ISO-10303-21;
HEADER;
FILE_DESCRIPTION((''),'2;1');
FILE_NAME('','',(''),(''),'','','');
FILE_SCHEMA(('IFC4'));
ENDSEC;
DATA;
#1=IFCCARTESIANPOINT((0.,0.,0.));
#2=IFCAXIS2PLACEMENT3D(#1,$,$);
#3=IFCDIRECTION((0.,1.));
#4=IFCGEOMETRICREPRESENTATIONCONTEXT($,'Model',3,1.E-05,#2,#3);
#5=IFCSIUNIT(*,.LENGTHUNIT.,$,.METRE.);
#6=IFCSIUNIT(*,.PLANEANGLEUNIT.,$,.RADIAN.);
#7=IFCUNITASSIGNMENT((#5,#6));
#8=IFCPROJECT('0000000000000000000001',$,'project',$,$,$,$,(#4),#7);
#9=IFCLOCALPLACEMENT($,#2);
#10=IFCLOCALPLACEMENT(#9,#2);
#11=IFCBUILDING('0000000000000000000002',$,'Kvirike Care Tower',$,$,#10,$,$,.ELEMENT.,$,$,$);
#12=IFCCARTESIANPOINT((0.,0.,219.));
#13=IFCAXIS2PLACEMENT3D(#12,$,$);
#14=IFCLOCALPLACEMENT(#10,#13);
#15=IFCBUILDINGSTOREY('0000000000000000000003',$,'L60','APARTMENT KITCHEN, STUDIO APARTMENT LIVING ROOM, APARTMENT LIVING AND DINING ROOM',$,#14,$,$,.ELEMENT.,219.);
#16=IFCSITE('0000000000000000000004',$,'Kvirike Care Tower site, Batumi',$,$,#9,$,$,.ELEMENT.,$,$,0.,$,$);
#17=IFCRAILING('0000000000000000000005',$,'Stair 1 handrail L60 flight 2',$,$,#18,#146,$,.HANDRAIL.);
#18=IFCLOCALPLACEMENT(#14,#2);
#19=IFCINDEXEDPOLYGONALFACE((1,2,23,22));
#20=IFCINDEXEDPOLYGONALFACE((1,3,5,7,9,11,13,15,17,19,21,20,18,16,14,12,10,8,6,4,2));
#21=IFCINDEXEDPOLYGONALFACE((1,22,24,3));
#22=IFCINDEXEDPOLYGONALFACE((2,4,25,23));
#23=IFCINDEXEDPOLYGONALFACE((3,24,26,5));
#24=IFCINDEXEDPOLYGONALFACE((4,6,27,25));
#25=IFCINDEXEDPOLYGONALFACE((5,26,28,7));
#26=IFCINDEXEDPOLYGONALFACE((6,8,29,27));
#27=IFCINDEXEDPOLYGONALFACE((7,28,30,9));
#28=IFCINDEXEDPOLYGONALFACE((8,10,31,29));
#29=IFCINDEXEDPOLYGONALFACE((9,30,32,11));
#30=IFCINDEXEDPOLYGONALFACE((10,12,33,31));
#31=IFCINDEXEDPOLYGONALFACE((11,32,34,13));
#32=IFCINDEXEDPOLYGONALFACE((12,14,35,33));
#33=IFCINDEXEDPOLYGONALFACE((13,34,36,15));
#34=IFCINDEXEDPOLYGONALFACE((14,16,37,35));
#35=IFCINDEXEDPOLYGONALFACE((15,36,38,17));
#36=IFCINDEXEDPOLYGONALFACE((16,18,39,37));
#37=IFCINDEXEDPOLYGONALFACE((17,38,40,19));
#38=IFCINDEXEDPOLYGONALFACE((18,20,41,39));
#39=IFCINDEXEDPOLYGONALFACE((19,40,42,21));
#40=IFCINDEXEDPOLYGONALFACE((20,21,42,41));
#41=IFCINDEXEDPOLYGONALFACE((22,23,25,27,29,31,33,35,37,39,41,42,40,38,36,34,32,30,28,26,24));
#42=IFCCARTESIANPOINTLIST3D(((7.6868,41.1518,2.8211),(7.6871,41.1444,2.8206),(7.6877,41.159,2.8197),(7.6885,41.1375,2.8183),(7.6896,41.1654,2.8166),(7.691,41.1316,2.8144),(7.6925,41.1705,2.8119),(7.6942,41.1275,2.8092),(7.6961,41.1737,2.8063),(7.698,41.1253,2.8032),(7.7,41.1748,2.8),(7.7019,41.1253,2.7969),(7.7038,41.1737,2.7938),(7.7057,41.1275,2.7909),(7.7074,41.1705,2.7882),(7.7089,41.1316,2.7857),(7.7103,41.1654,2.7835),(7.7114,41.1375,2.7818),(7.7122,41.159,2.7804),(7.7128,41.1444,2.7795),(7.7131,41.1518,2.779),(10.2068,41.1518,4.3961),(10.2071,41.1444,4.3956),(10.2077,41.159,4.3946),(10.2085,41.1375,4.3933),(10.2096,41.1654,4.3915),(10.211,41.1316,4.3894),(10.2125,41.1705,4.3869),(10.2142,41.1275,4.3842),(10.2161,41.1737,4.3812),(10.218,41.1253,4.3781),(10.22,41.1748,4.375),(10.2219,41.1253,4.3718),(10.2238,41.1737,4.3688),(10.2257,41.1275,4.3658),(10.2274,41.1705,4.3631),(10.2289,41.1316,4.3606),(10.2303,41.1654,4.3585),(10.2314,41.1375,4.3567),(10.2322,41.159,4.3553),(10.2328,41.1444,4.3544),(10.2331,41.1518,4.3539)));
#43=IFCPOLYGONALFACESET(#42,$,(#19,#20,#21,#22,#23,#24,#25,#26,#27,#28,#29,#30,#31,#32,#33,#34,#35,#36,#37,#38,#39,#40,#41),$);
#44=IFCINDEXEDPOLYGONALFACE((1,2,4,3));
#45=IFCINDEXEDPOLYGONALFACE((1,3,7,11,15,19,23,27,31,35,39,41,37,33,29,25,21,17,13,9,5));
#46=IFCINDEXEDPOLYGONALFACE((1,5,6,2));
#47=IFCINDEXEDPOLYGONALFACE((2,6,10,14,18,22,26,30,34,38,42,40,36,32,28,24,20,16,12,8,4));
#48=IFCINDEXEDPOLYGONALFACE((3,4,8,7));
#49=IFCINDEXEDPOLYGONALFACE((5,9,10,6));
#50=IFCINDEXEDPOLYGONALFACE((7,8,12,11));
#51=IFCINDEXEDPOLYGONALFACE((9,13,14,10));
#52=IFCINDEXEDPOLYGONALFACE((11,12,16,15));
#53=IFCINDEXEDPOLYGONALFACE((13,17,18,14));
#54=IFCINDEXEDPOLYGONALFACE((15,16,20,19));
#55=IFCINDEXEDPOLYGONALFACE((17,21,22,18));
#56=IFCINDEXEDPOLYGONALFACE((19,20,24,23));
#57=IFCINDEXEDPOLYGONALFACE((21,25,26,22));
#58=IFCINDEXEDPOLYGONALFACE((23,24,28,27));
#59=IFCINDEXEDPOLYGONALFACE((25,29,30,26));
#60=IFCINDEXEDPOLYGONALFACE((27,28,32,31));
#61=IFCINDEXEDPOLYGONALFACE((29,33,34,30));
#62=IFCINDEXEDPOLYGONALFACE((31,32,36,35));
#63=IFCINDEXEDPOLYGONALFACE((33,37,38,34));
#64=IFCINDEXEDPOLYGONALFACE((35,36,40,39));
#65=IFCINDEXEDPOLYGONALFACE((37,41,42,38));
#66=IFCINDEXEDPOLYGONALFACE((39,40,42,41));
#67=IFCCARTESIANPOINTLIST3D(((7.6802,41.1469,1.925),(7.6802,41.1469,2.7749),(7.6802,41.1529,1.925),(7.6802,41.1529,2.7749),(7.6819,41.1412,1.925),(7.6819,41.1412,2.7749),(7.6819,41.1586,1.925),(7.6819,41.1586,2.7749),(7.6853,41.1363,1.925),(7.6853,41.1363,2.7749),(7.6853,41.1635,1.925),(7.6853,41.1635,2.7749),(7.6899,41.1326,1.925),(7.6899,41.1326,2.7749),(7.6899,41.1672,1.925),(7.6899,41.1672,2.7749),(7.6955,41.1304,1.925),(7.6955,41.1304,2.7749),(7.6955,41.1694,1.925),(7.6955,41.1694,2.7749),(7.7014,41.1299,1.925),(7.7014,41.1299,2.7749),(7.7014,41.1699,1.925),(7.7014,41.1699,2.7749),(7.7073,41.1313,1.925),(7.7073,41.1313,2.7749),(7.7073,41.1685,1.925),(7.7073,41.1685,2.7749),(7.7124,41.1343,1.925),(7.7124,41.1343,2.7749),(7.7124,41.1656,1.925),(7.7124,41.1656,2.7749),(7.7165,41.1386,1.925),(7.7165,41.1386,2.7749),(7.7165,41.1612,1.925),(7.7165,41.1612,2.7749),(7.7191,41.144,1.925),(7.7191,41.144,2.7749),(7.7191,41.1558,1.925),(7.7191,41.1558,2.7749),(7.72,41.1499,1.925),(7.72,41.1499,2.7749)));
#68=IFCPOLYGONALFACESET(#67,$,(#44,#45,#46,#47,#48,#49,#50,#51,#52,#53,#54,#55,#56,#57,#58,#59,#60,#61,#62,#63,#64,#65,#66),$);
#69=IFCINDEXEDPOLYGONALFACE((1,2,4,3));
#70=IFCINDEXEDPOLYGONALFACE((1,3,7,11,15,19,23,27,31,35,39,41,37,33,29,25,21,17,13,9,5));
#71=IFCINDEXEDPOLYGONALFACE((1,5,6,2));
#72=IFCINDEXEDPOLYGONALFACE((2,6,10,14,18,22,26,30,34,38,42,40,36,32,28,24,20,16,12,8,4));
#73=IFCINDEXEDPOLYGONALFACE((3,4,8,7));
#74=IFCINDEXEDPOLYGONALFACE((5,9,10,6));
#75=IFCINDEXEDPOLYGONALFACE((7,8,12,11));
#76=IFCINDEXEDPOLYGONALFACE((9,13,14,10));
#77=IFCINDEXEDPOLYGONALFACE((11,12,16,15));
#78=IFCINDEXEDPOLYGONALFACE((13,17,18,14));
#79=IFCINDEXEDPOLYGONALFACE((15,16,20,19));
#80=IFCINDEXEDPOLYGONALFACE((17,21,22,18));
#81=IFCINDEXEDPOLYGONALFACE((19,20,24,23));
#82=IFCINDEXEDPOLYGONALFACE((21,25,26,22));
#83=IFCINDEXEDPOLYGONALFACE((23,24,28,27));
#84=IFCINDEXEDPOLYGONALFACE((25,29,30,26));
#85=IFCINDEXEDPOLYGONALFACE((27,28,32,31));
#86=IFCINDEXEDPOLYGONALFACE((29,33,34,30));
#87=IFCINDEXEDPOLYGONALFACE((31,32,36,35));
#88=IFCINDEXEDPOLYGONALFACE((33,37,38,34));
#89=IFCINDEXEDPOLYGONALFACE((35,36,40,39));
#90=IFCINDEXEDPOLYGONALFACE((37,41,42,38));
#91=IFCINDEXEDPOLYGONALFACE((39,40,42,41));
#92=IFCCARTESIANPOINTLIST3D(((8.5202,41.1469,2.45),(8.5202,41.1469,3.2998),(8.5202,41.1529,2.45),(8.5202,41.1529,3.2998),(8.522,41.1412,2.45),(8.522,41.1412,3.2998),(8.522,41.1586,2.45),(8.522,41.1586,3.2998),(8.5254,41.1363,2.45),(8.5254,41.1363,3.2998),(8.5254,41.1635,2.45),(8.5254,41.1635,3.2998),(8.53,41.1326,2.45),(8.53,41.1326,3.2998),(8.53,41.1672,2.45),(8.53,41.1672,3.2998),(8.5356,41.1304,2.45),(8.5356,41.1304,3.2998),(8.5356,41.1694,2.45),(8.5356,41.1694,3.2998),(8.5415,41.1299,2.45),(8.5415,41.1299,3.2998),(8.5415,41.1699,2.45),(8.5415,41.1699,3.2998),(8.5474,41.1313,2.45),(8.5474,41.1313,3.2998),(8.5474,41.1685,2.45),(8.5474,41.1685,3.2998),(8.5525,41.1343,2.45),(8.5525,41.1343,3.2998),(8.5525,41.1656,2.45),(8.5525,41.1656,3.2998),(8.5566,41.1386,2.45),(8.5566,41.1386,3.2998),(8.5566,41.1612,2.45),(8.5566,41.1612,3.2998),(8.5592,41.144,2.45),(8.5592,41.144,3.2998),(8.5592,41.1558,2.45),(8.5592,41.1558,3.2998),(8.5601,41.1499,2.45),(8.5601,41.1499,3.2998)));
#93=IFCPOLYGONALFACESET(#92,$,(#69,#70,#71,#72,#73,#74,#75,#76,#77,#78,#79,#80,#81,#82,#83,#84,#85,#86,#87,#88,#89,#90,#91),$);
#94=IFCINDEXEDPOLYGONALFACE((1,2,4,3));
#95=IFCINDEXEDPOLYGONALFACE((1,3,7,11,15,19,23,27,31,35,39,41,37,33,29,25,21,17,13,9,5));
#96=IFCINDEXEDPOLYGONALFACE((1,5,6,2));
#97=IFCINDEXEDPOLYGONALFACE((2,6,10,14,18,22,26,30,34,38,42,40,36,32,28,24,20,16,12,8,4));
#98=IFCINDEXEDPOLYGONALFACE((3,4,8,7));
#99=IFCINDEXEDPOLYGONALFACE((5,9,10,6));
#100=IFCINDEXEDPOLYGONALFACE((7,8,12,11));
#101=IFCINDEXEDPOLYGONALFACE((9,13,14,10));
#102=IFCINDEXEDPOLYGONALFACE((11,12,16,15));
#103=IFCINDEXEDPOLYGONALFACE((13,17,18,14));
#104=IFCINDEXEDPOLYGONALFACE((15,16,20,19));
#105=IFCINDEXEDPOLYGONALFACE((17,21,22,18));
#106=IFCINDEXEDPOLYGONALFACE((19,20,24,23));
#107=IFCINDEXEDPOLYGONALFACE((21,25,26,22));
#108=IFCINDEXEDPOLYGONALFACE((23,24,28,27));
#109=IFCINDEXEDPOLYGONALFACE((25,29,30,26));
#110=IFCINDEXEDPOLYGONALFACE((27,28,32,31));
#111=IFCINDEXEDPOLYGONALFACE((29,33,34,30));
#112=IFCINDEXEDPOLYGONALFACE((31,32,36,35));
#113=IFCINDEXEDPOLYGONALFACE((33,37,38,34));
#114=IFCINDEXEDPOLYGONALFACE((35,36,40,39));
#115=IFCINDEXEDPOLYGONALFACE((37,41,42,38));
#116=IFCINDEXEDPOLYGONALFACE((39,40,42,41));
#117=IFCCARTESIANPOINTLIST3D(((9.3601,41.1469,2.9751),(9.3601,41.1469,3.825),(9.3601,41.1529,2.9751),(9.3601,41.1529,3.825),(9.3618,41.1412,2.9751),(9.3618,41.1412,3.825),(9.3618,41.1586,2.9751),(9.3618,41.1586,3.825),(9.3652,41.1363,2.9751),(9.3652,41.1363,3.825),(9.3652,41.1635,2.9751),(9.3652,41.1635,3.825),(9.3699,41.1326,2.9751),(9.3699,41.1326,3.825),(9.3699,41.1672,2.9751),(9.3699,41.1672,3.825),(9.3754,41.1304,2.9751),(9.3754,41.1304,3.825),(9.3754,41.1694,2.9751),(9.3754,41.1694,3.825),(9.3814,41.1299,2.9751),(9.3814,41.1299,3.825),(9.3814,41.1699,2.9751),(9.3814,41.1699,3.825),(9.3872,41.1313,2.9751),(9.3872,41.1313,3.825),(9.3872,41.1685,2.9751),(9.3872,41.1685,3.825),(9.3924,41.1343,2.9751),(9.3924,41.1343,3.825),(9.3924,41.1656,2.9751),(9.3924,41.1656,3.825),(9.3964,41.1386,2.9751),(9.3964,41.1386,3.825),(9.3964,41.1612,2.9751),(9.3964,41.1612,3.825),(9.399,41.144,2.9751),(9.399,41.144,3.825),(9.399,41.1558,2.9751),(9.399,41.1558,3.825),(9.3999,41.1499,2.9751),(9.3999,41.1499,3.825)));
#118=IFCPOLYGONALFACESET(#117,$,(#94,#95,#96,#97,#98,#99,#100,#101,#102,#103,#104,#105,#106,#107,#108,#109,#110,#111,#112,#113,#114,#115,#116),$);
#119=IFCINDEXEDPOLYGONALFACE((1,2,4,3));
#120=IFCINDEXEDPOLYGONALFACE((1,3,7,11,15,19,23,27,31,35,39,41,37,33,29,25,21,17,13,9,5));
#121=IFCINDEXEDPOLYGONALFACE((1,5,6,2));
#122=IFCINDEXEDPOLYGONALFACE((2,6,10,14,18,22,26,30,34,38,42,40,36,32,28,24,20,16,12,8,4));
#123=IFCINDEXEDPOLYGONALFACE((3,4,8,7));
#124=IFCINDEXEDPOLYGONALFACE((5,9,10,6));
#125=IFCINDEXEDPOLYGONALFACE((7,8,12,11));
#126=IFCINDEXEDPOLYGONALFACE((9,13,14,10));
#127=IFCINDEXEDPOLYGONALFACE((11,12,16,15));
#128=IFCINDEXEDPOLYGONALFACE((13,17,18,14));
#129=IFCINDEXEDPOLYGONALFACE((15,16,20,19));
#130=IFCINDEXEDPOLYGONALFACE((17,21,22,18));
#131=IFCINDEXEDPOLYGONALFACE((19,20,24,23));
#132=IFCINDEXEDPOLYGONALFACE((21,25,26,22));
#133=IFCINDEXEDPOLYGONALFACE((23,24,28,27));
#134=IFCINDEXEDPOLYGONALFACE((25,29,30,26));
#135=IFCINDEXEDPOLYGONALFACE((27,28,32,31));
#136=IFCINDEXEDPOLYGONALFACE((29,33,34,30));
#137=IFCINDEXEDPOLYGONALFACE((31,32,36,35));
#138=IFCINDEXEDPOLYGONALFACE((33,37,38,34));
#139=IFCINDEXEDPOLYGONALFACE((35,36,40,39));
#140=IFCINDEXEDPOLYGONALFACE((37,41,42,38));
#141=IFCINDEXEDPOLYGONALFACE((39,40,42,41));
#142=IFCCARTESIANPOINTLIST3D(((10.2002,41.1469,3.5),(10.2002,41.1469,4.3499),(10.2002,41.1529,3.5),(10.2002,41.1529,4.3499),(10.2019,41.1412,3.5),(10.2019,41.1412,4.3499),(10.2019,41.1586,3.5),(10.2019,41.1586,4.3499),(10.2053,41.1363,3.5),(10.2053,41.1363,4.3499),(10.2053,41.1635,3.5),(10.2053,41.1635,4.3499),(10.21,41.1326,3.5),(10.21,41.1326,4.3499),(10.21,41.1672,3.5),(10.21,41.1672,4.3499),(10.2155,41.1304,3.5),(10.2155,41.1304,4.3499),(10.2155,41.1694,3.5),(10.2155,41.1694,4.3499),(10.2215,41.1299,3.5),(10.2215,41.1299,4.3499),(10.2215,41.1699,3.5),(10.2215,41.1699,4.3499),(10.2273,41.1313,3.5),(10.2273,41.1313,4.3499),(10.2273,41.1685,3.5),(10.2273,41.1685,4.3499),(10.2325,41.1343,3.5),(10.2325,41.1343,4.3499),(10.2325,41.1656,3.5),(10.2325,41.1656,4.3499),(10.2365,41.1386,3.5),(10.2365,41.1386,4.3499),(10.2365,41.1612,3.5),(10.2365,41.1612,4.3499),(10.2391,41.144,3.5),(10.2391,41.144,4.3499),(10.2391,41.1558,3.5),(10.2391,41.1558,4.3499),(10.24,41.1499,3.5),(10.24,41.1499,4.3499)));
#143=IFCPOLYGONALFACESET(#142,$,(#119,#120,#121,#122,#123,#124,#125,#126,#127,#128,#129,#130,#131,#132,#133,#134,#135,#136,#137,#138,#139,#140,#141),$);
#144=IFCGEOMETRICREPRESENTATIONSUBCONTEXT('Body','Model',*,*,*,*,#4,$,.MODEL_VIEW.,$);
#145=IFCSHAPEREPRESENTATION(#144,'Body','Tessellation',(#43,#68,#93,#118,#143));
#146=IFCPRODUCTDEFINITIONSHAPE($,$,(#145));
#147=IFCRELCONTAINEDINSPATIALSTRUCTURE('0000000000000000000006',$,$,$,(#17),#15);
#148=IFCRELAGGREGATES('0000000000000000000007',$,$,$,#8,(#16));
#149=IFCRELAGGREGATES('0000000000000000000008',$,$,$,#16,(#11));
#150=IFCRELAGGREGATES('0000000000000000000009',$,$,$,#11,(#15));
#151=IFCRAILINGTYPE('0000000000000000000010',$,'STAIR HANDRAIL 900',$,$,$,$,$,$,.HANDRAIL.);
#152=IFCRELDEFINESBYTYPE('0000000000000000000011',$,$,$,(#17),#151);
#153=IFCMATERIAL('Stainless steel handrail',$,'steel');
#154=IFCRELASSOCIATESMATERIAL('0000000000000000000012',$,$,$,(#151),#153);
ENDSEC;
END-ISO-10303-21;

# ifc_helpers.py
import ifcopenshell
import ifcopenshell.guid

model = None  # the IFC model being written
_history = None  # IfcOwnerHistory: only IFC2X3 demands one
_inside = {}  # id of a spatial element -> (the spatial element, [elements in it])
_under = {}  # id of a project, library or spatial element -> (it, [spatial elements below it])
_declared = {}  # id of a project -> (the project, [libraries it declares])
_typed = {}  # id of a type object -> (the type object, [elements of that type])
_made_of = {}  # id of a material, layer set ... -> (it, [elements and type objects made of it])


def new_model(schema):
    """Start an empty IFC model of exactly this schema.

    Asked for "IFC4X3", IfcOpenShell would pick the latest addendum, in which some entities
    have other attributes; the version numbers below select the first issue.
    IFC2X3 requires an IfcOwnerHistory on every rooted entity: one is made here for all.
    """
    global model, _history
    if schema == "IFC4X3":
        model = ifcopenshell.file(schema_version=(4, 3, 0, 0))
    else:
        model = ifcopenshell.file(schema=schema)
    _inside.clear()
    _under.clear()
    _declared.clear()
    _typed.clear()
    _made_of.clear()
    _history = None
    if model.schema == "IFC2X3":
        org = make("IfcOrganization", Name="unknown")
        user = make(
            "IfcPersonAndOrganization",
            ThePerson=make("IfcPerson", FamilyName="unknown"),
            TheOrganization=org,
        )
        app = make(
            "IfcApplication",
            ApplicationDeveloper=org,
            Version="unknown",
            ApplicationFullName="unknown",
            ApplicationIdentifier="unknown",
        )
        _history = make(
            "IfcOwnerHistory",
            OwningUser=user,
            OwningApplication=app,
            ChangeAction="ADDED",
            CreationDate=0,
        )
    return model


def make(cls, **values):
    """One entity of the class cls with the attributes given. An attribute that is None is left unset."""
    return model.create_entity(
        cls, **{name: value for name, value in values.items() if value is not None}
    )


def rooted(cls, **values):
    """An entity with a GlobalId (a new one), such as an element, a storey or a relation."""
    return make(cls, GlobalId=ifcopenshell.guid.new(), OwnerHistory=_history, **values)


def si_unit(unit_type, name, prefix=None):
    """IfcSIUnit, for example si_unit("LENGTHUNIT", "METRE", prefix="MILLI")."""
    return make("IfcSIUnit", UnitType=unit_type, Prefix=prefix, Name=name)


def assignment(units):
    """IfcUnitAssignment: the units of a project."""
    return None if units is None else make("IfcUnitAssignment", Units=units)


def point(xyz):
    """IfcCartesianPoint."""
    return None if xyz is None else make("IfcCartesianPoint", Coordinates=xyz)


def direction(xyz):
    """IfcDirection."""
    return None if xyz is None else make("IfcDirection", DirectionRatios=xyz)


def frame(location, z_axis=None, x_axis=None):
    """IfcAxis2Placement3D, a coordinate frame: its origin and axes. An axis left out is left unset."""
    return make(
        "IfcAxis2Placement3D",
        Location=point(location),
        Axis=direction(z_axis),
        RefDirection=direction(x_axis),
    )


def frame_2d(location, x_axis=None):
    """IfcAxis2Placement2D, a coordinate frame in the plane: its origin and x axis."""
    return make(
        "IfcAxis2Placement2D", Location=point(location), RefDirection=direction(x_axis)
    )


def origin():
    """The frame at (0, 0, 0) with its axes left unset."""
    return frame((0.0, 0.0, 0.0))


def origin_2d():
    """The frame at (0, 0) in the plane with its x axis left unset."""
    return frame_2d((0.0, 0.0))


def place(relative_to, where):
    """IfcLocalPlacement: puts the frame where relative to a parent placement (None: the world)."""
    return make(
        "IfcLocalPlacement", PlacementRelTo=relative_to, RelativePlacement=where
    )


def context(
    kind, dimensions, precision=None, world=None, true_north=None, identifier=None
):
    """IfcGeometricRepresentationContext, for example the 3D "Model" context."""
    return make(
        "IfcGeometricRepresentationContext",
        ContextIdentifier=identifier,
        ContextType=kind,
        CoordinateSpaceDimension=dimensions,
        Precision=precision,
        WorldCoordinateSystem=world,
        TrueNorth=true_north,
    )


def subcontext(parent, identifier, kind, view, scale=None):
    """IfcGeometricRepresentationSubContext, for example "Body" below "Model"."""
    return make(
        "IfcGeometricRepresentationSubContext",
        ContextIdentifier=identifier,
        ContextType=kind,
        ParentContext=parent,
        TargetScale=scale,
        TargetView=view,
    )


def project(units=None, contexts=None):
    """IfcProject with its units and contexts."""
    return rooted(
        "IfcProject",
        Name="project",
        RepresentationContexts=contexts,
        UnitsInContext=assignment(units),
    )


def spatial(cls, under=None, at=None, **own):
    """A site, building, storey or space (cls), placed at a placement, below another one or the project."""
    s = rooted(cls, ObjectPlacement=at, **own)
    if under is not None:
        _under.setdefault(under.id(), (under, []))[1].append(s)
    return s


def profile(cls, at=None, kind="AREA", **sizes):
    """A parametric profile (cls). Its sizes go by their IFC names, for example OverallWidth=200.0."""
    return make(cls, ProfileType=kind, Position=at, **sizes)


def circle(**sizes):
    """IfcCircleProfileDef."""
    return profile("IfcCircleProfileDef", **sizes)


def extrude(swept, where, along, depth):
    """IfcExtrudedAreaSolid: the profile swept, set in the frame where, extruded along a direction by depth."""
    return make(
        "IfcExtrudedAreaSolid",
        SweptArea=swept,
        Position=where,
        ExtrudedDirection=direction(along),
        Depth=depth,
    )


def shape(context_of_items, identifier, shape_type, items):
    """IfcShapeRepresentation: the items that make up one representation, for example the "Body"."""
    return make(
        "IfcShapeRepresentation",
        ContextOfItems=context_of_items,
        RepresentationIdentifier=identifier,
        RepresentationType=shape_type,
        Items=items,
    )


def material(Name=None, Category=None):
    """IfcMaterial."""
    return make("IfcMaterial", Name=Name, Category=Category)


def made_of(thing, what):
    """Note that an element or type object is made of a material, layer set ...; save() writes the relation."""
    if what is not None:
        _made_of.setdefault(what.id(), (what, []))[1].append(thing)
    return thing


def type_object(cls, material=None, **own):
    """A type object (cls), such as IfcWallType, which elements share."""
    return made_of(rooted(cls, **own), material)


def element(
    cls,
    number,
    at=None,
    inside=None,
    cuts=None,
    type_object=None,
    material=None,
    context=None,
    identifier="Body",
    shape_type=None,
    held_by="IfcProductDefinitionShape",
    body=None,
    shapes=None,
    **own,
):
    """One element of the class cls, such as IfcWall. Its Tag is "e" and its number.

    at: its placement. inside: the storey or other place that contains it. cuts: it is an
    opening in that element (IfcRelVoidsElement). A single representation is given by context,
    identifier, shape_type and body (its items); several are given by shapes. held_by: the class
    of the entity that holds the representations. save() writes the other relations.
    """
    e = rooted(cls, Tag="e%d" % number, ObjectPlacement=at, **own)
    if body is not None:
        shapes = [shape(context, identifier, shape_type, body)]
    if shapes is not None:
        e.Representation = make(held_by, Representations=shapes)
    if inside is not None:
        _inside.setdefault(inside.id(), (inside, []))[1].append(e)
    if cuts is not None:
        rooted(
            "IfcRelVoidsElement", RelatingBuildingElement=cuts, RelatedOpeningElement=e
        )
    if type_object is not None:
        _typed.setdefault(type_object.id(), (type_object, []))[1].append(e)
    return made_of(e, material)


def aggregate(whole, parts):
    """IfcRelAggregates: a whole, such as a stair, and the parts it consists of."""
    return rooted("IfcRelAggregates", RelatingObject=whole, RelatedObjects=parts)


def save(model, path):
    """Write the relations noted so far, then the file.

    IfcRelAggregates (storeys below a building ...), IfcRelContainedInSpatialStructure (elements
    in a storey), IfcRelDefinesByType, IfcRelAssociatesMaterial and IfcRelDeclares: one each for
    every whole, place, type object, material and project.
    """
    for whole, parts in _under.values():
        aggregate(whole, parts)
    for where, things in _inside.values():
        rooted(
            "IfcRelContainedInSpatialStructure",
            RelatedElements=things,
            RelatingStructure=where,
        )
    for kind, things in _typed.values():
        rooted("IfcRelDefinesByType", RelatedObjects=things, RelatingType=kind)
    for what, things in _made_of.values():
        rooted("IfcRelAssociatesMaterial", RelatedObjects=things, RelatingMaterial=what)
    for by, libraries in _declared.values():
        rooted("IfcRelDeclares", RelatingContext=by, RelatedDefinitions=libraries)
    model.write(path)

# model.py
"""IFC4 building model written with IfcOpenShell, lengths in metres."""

from ifc_helpers import new_model, si_unit, direction, frame, origin, origin_2d, place, context, subcontext, project, spatial, circle, extrude, material, type_object, element, save


model = new_model("IFC4")

# Units and contexts
model_context = context("Model", 3, precision=1e-05, world=origin(), true_north=direction((0.0, 1.0)))
body_context = subcontext(model_context, "Body", "Model", "MODEL_VIEW")
ifc_project = project(units=[si_unit("LENGTHUNIT", "METRE"), si_unit("PLANEANGLEUNIT", "RADIAN")], contexts=[model_context])

# Site, building, storey
site_placement = place(None, origin())
site = spatial("IfcSite", under=ifc_project, at=site_placement, Name="Kvirike Care Tower site, Batumi", CompositionType="ELEMENT", RefElevation=0.0)
building_placement = place(site_placement, origin())
building = spatial("IfcBuilding", under=site, at=building_placement, Name="Kvirike Care Tower", CompositionType="ELEMENT")
storey_placement = place(building_placement, frame((0.0, 0.0, 219.0)))
storey = spatial("IfcBuildingStorey", under=building, at=storey_placement, Name="L60", Description="APARTMENT KITCHEN, STUDIO APARTMENT LIVING ROOM, APARTMENT LIVING AND DINING ROOM", CompositionType="ELEMENT", Elevation=219.0)

# Railing
ifc_material_1 = material(Name="Stainless steel handrail", Category="steel")
railing_type = type_object("IfcRailingType", Name="STAIR HANDRAIL 900", PredefinedType="HANDRAIL", material=ifc_material_1)
railing_1_placement = place(storey_placement, frame((7.7, 41.1499, 1.925)))
element("IfcRailing", 1, at=railing_1_placement, inside=storey, type_object=railing_type, Name="Stair 1 handrail L60 flight 2", PredefinedType="HANDRAIL", context=body_context, shape_type="SweptSolid", body=[
    extrude(circle(Radius=0.0249, at=origin_2d()), frame((0.0, 0.0, 0.875), z_axis=(0.848008, 0.0, 0.529984), x_axis=(0.0, 1.0, 0.0)), (0.0, 0.0, 1.0), 2.9717),
    extrude(circle(Radius=0.02, at=origin_2d()), origin(), (0.0, 0.0, 1.0), 0.8499),
    extrude(circle(Radius=0.02, at=origin_2d()), frame((0.8401, 0.0, 0.5249)), (0.0, 0.0, 1.0), 0.8499),
    extrude(circle(Radius=0.02, at=origin_2d()), frame((1.6799, 0.0, 1.05)), (0.0, 0.0, 1.0), 0.8499),
    extrude(circle(Radius=0.02, at=origin_2d()), frame((2.52, 0.0, 1.575)), (0.0, 0.0, 1.0), 0.8499),
])

save(model, "model.ifc")
